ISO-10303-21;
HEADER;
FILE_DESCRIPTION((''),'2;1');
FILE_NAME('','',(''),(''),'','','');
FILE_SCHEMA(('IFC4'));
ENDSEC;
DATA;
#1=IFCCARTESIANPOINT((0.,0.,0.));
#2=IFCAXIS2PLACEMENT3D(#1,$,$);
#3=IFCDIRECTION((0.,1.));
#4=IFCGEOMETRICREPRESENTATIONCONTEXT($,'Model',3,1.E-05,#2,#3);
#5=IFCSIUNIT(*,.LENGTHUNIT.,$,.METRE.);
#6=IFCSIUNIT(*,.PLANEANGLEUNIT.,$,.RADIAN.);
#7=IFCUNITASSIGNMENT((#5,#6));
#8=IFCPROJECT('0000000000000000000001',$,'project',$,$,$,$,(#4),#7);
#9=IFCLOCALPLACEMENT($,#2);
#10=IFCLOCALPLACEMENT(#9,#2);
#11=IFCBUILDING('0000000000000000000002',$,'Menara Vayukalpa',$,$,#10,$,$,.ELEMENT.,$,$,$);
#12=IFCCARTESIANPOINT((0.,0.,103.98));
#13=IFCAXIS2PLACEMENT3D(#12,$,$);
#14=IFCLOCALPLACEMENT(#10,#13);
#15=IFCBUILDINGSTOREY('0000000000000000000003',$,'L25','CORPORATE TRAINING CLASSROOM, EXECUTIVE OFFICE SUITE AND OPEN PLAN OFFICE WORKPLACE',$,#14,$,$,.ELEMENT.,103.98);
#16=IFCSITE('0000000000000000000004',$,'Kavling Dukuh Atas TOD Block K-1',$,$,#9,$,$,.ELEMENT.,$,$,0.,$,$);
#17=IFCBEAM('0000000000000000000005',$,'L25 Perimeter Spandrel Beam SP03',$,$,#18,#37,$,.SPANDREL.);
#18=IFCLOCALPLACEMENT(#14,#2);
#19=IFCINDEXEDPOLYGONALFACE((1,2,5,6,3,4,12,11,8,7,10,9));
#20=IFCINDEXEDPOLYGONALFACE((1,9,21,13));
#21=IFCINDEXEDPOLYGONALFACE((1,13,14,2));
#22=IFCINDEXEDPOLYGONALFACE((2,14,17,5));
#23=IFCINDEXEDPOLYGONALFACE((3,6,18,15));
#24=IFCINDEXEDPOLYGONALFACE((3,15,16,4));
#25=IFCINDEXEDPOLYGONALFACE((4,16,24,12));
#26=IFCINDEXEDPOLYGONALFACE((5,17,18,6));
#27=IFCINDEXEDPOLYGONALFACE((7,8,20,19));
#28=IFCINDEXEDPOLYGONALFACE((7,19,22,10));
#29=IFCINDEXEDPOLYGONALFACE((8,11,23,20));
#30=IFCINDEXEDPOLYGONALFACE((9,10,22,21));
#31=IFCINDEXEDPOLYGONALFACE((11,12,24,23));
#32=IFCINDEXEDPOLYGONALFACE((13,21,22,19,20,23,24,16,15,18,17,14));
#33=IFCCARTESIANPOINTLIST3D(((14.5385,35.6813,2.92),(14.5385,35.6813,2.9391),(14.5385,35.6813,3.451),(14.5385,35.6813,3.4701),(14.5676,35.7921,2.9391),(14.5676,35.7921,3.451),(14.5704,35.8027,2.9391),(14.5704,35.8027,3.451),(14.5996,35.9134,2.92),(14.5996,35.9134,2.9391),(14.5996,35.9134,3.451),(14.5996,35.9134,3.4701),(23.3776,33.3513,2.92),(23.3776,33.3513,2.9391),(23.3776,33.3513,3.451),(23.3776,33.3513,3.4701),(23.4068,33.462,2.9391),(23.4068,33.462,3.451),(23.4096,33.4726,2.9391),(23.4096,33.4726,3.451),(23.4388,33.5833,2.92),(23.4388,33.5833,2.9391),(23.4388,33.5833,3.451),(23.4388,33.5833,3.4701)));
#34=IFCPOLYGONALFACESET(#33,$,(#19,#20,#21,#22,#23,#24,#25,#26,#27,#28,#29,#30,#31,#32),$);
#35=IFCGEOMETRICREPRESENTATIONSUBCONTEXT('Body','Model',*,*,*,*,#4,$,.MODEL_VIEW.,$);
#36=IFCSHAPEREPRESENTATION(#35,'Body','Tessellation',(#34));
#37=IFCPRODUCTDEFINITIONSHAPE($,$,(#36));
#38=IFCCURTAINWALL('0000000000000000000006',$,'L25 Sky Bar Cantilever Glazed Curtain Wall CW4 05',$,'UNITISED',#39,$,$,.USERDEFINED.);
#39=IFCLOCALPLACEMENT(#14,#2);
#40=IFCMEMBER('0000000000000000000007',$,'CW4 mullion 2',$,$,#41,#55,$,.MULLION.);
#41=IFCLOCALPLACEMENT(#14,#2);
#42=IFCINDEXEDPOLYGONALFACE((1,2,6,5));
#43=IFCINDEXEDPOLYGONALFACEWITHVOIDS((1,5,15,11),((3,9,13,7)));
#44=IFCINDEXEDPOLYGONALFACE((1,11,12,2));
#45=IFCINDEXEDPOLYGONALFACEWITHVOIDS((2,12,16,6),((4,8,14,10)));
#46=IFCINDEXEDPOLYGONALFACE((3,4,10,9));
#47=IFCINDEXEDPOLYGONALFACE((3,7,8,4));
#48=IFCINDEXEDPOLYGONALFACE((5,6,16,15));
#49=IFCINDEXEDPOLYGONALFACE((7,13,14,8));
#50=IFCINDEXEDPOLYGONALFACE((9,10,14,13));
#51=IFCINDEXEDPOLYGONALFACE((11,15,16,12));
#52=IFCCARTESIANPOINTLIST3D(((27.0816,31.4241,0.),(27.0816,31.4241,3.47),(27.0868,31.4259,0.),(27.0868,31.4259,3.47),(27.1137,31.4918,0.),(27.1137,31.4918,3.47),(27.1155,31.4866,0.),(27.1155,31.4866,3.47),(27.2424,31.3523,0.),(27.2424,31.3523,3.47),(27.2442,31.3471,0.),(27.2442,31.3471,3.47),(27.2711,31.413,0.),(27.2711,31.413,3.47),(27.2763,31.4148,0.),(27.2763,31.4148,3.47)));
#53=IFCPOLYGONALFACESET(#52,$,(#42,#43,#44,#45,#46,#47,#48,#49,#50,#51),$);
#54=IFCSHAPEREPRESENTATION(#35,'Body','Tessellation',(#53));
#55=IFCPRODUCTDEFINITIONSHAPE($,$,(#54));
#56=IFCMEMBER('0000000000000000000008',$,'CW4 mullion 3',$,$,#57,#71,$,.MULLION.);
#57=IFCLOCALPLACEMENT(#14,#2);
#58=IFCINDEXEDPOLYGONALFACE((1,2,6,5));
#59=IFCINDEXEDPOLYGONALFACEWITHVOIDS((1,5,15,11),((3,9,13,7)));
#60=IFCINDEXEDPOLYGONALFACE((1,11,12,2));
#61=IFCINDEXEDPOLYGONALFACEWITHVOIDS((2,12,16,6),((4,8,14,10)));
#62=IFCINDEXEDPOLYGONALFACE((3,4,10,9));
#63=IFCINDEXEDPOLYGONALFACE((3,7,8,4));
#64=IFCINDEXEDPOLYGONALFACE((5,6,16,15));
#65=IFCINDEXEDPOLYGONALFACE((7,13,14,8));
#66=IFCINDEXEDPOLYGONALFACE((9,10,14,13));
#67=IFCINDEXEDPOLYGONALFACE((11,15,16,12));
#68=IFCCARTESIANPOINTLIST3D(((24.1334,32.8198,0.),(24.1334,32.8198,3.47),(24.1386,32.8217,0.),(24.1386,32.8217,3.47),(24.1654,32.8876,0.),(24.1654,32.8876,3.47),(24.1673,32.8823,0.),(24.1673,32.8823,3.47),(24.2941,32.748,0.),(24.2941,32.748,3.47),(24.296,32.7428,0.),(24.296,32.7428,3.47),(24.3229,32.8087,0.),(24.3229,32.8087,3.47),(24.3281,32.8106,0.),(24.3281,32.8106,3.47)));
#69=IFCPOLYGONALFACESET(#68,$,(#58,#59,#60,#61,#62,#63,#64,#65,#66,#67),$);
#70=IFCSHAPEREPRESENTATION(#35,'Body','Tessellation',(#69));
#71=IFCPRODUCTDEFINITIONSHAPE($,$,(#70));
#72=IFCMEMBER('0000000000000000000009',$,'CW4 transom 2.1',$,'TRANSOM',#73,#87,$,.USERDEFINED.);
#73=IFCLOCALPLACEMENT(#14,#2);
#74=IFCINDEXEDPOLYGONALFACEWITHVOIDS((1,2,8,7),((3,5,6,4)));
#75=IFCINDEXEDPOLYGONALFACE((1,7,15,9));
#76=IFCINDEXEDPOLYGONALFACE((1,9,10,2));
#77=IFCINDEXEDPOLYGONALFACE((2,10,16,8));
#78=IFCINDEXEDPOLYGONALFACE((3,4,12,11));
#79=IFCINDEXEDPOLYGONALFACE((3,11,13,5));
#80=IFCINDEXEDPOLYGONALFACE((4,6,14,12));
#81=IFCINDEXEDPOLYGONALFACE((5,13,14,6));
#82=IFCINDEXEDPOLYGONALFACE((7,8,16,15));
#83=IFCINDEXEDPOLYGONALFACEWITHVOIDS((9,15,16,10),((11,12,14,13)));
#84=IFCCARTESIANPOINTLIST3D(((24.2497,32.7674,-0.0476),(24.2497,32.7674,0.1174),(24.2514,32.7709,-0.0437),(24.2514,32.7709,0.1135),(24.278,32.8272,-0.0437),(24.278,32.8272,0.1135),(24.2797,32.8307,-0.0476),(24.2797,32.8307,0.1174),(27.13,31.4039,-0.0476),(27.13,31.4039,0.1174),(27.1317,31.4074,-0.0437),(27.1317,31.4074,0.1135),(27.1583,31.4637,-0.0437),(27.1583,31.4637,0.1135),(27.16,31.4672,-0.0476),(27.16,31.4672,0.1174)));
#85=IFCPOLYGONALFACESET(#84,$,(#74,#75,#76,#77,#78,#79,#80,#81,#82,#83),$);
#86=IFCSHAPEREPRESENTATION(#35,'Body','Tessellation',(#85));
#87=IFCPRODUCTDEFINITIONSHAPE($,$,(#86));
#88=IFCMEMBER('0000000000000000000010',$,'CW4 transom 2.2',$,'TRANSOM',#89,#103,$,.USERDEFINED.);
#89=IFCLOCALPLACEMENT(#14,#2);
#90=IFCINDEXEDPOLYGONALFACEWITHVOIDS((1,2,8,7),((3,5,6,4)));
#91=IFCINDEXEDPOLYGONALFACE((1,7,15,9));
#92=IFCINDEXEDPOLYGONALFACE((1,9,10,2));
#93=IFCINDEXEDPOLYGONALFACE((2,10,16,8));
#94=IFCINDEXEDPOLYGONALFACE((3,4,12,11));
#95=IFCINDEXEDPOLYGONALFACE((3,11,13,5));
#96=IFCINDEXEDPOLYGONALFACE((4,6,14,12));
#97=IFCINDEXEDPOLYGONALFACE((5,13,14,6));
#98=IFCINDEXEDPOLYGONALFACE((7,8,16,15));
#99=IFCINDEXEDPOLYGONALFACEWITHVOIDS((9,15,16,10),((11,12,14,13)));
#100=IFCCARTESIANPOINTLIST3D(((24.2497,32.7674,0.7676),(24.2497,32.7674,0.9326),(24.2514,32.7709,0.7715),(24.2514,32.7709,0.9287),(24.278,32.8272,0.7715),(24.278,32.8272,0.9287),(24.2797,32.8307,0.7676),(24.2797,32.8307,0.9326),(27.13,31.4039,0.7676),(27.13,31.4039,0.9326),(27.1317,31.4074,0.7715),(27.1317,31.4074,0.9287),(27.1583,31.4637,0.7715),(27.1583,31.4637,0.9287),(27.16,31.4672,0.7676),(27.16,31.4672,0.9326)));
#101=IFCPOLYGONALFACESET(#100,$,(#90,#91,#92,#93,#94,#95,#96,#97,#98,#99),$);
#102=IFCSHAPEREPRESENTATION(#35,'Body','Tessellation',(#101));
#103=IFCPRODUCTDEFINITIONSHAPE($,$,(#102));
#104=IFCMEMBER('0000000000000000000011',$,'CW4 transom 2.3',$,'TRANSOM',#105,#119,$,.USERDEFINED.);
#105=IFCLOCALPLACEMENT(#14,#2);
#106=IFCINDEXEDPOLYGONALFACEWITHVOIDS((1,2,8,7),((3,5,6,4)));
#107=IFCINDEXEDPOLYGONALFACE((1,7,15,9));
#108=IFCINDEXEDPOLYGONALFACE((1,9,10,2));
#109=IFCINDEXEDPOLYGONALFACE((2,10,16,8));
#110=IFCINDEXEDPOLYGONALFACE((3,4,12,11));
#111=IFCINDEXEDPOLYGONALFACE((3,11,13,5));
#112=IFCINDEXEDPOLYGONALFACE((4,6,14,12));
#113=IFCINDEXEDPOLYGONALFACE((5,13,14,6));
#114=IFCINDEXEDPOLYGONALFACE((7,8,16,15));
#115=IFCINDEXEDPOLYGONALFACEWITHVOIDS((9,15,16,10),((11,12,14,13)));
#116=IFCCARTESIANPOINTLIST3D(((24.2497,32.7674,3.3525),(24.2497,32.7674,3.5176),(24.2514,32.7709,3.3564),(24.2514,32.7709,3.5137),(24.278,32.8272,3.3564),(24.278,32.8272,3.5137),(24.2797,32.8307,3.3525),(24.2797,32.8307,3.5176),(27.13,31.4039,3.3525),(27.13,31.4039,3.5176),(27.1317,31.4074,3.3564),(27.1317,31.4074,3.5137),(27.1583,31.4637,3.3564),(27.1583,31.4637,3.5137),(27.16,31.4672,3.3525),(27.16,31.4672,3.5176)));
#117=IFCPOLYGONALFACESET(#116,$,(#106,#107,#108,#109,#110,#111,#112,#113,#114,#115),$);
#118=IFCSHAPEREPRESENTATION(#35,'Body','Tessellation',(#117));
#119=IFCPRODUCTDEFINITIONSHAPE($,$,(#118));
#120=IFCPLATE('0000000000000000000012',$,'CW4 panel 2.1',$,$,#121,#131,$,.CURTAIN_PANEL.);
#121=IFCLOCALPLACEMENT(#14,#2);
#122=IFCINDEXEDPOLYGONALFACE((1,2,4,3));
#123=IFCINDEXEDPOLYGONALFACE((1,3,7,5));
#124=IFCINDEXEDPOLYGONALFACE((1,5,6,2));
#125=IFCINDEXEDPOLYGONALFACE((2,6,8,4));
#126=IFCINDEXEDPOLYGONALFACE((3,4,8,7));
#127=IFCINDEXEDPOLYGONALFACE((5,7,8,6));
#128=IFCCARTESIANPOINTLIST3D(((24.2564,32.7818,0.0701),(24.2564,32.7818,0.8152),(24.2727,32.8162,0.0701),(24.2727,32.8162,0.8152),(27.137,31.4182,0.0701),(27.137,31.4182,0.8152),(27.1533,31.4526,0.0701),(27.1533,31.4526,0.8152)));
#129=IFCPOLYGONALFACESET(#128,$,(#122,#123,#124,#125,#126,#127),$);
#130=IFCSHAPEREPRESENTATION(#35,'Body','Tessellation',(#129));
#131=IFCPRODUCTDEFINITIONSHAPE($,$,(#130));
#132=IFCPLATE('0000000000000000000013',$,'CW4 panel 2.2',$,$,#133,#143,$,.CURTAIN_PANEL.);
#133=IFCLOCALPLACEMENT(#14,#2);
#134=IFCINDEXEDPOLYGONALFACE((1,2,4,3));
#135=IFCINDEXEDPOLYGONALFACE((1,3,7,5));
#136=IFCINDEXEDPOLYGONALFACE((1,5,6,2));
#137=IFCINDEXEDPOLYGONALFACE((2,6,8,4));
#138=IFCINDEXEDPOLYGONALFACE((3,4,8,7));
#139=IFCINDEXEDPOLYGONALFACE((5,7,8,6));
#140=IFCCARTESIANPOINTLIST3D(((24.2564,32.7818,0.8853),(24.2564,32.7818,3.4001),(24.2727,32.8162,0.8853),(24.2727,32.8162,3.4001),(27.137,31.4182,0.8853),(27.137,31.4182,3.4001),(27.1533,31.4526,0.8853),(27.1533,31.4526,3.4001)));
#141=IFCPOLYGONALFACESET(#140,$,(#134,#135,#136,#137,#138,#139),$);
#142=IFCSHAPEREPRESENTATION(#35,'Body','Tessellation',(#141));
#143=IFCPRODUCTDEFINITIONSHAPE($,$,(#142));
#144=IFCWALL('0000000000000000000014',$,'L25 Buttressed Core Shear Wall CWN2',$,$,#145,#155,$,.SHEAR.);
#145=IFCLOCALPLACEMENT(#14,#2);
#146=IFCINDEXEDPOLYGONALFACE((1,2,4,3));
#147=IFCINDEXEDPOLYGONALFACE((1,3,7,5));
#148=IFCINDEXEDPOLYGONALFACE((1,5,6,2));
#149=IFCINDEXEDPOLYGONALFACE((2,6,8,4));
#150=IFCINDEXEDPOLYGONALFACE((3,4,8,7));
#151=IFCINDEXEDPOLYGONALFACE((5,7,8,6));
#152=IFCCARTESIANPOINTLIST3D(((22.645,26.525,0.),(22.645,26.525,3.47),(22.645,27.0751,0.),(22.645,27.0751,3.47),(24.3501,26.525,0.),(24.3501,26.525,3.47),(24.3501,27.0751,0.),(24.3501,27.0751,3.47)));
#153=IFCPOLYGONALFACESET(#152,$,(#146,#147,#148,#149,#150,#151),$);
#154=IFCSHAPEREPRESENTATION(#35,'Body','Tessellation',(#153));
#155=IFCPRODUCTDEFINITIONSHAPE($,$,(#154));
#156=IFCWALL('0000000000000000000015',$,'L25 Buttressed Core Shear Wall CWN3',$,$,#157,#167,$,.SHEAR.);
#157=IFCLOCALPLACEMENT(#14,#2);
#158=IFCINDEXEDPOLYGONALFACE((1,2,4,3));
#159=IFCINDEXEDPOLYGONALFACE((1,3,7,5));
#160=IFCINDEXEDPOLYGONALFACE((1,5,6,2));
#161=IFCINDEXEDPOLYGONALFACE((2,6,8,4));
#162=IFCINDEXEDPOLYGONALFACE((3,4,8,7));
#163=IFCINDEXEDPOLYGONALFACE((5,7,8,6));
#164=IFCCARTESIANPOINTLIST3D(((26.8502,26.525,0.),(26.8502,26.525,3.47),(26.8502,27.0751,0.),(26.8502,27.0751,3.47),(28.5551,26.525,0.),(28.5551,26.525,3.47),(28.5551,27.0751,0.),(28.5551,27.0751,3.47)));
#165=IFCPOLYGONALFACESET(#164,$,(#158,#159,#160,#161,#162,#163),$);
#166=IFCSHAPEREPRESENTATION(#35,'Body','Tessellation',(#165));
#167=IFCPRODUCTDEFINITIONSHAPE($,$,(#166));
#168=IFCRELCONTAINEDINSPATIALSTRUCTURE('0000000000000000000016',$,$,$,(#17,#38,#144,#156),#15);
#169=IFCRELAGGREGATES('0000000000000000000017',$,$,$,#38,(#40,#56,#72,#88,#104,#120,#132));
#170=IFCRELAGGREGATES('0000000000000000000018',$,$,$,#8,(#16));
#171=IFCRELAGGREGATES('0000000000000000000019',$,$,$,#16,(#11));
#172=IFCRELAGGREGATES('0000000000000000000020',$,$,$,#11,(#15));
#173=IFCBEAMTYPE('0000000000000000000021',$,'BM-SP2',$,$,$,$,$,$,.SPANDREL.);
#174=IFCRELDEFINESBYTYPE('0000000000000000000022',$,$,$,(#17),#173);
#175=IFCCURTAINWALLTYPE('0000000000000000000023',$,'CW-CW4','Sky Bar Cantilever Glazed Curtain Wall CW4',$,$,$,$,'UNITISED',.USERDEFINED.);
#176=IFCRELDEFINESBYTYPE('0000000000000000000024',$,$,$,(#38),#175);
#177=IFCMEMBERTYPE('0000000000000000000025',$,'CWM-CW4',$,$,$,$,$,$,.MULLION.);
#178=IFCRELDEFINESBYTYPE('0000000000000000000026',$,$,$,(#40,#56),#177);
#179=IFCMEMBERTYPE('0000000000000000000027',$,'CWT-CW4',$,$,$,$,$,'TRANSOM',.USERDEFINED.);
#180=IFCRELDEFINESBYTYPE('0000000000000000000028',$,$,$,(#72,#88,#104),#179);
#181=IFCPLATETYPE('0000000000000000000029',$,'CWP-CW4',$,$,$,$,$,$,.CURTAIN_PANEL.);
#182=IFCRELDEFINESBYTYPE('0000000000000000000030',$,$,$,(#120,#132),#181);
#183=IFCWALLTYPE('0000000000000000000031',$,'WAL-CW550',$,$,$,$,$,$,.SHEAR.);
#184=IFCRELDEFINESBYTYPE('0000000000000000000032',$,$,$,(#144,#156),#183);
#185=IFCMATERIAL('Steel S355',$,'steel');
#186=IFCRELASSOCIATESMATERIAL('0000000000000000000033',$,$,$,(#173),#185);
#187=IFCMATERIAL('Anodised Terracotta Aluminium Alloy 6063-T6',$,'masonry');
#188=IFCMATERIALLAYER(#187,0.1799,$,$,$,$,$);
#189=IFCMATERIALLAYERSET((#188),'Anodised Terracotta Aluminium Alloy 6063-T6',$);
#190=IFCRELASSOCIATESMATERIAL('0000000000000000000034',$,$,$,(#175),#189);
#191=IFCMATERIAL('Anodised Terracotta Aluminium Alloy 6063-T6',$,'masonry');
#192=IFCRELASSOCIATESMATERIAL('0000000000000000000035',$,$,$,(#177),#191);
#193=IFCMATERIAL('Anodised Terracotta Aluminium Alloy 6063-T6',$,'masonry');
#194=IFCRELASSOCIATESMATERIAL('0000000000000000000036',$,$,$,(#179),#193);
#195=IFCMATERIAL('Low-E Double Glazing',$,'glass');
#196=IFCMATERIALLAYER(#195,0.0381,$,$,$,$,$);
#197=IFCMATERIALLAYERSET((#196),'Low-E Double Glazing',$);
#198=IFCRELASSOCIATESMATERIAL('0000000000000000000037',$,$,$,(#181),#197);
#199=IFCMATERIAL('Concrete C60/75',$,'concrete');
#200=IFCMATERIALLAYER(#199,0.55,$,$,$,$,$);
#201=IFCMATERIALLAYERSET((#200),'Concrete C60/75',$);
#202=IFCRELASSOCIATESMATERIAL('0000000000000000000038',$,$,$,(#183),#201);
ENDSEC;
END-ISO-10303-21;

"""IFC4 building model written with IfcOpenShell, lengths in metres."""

from ifc_helpers import new_model, si_unit, direction, frame, frame_2d, origin, origin_2d, place, context, subcontext, project, spatial, rectangle, hollow_rectangle, i_section, extrude, material, layer, layer_set, material_profile, profile_set, type_object, element, aggregate, save


model = new_model("IFC4")

# Units and contexts
model_context = context("Model", 3, precision=1e-05, world=origin(), true_north=direction((0.0, 1.0)))
body_context = subcontext(model_context, "Body", "Model", "MODEL_VIEW")
ifc_project = project(units=[si_unit("LENGTHUNIT", "METRE"), si_unit("PLANEANGLEUNIT", "RADIAN")], contexts=[model_context])

# Site, building, storey
site_placement = place(None, origin())
site = spatial("IfcSite", under=ifc_project, at=site_placement, Name="Kavling Dukuh Atas TOD Block K-1", CompositionType="ELEMENT", RefElevation=0.0)
building_placement = place(site_placement, origin())
building = spatial("IfcBuilding", under=site, at=building_placement, Name="Menara Vayukalpa", CompositionType="ELEMENT")
storey_placement = place(building_placement, frame((0.0, 0.0, 103.98)))
storey = spatial("IfcBuildingStorey", under=building, at=storey_placement, Name="L25", Description="CORPORATE TRAINING CLASSROOM, EXECUTIVE OFFICE SUITE AND OPEN PLAN OFFICE WORKPLACE", CompositionType="ELEMENT", Elevation=103.98)

# Beam
ifc_material_1 = material(Name="Steel S355", Category="steel")
ifc_material_profile_1 = material_profile(ifc_material_1, i_section(OverallWidth=0.24, OverallDepth=0.55, WebThickness=0.011, FlangeThickness=0.019, at=origin_2d()), Name="WF 550x240x11x19")
ifc_profile_set_1 = profile_set([ifc_material_profile_1], Name="Steel S355")
beam_type_1 = type_object("IfcBeamType", Name="BM-SP2", PredefinedType="SPANDREL", material=ifc_profile_set_1)
beam_1_placement = place(storey_placement, frame((23.4082, 33.4673, 3.1951), z_axis=(-0.966967, 0.254902, 0.0), x_axis=(-0.254902, -0.966967, 0.0)))
element("IfcBeam", 1, at=beam_1_placement, inside=storey, type_object=beam_type_1, Name="L25 Perimeter Spandrel Beam SP03", PredefinedType="SPANDREL", context=body_context, shape_type="SweptSolid", body=[
    extrude(i_section(OverallWidth=0.24, OverallDepth=0.55, WebThickness=0.011, FlangeThickness=0.019, at=origin_2d()), origin(), (0.0, 0.0, 1.0), 9.1411),
])

# Curtain wall, members, plates
ifc_material_2 = material(Name="Anodised Terracotta Aluminium Alloy 6063-T6", Category="masonry")
ifc_layer_1 = layer(ifc_material_2, 0.1799)
ifc_layer_set_1 = layer_set([ifc_layer_1], Name="Anodised Terracotta Aluminium Alloy 6063-T6")
curtain_wall_type = type_object("IfcCurtainWallType", Name="CW-CW4", Description="Sky Bar Cantilever Glazed Curtain Wall CW4", ElementType="UNITISED", PredefinedType="USERDEFINED", material=ifc_layer_set_1)
curtain_wall_placement = place(storey_placement, origin())
curtain_wall = element("IfcCurtainWall", 2, at=curtain_wall_placement, inside=storey, type_object=curtain_wall_type, Name="L25 Sky Bar Cantilever Glazed Curtain Wall CW4 05", ObjectType="UNITISED", PredefinedType="USERDEFINED")
ifc_material_3 = material(Name="Anodised Terracotta Aluminium Alloy 6063-T6", Category="masonry")
ifc_material_profile_2 = material_profile(ifc_material_3, hollow_rectangle(XDim=0.075, YDim=0.1799, WallThickness=0.0039, at=origin_2d()), Name="ALU 75x180x4")
ifc_profile_set_2 = profile_set([ifc_material_profile_2], Name="Anodised Terracotta Aluminium Alloy 6063-T6")
member_type_1 = type_object("IfcMemberType", Name="CWM-CW4", PredefinedType="MULLION", material=ifc_profile_set_2)
member_1_placement = place(storey_placement, frame((27.179, 31.4194, 0.0), z_axis=(0.0, 0.0, 1.0), x_axis=(-0.427871, -0.90384, 0.0)))
member_1 = element("IfcMember", 3, at=member_1_placement, type_object=member_type_1, Name="CW4 mullion 2", PredefinedType="MULLION", context=body_context, shape_type="SweptSolid", body=[
    extrude(hollow_rectangle(XDim=0.075, YDim=0.1799, WallThickness=0.0039, at=origin_2d()), origin(), (0.0, 0.0, 1.0), 3.47),
])
member_2_placement = place(storey_placement, frame((24.2307, 32.8152, 0.0), z_axis=(0.0, 0.0, 1.0), x_axis=(-0.427871, -0.90384, 0.0)))
member_2 = element("IfcMember", 4, at=member_2_placement, type_object=member_type_1, Name="CW4 mullion 3", PredefinedType="MULLION", context=body_context, shape_type="SweptSolid", body=[
    extrude(hollow_rectangle(XDim=0.075, YDim=0.1799, WallThickness=0.0039, at=origin_2d()), origin(), (0.0, 0.0, 1.0), 3.47),
])
ifc_material_4 = material(Name="Anodised Terracotta Aluminium Alloy 6063-T6", Category="masonry")
ifc_material_profile_3 = material_profile(ifc_material_4, hollow_rectangle(XDim=0.0701, YDim=0.165, WallThickness=0.0039, at=origin_2d()), Name="ALU 70x165x4")
ifc_profile_set_3 = profile_set([ifc_material_profile_3], Name="Anodised Terracotta Aluminium Alloy 6063-T6")
member_type_2 = type_object("IfcMemberType", Name="CWT-CW4", ElementType="TRANSOM", PredefinedType="USERDEFINED", material=ifc_profile_set_3)
member_3_placement = place(storey_placement, frame((27.145, 31.4355, 0.0349), z_axis=(-0.903842, 0.427866, 0.0), x_axis=(-0.427866, -0.903842, 0.0)))
member_3 = element("IfcMember", 5, at=member_3_placement, type_object=member_type_2, Name="CW4 transom 2.1", ObjectType="TRANSOM", PredefinedType="USERDEFINED", context=body_context, shape_type="SweptSolid", body=[
    extrude(hollow_rectangle(XDim=0.0701, YDim=0.165, WallThickness=0.0039, at=origin_2d()), origin(), (0.0, 0.0, 1.0), 3.1868),
])
member_4_placement = place(storey_placement, frame((27.145, 31.4355, 0.8501), z_axis=(-0.903842, 0.427866, 0.0), x_axis=(-0.427866, -0.903842, 0.0)))
member_4 = element("IfcMember", 6, at=member_4_placement, type_object=member_type_2, Name="CW4 transom 2.2", ObjectType="TRANSOM", PredefinedType="USERDEFINED", context=body_context, shape_type="SweptSolid", body=[
    extrude(hollow_rectangle(XDim=0.0701, YDim=0.165, WallThickness=0.0039, at=origin_2d()), origin(), (0.0, 0.0, 1.0), 3.1868),
])
member_5_placement = place(storey_placement, frame((27.145, 31.4355, 3.4351), z_axis=(-0.903842, 0.427866, 0.0), x_axis=(-0.427866, -0.903842, 0.0)))
member_5 = element("IfcMember", 7, at=member_5_placement, type_object=member_type_2, Name="CW4 transom 2.3", ObjectType="TRANSOM", PredefinedType="USERDEFINED", context=body_context, shape_type="SweptSolid", body=[
    extrude(hollow_rectangle(XDim=0.0701, YDim=0.165, WallThickness=0.0039, at=origin_2d()), origin(), (0.0, 0.0, 1.0), 3.1868),
])
ifc_material_5 = material(Name="Low-E Double Glazing", Category="glass")
ifc_layer_2 = layer(ifc_material_5, 0.0381)
ifc_layer_set_2 = layer_set([ifc_layer_2], Name="Low-E Double Glazing")
plate_type = type_object("IfcPlateType", Name="CWP-CW4", PredefinedType="CURTAIN_PANEL", material=ifc_layer_set_2)
plate_1_placement = place(storey_placement, frame((25.7048, 32.1172, 0.0701), z_axis=(0.0, 0.0, 1.0), x_axis=(-0.90384, 0.427871, 0.0)))
plate_1 = element("IfcPlate", 8, at=plate_1_placement, type_object=plate_type, Name="CW4 panel 2.1", PredefinedType="CURTAIN_PANEL", context=body_context, shape_type="SweptSolid", body=[
    extrude(rectangle(XDim=3.187, YDim=0.0381, at=origin_2d()), origin(), (0.0, 0.0, 1.0), 0.7451),
])
plate_2_placement = place(storey_placement, frame((25.7048, 32.1172, 0.8853), z_axis=(0.0, 0.0, 1.0), x_axis=(-0.90384, 0.427871, 0.0)))
plate_2 = element("IfcPlate", 9, at=plate_2_placement, type_object=plate_type, Name="CW4 panel 2.2", PredefinedType="CURTAIN_PANEL", context=body_context, shape_type="SweptSolid", body=[
    extrude(rectangle(XDim=3.187, YDim=0.0381, at=origin_2d()), origin(), (0.0, 0.0, 1.0), 2.5149),
])
aggregate(curtain_wall, [member_1, member_2, member_3, member_4, member_5, plate_1, plate_2])

# Walls
ifc_material_6 = material(Name="Concrete C60/75", Category="concrete")
ifc_layer_3 = layer(ifc_material_6, 0.55)
ifc_layer_set_3 = layer_set([ifc_layer_3], Name="Concrete C60/75")
wall_type = type_object("IfcWallType", Name="WAL-CW550", PredefinedType="SHEAR", material=ifc_layer_set_3)
wall_1_placement = place(storey_placement, frame((22.645, 26.8, 0.0), z_axis=(0.0, 0.0, 1.0), x_axis=(1.0, 0.0, 0.0)))
element("IfcWall", 10, at=wall_1_placement, inside=storey, type_object=wall_type, Name="L25 Buttressed Core Shear Wall CWN2", PredefinedType="SHEAR", context=body_context, shape_type="SweptSolid", body=[
    extrude(rectangle(XDim=1.7051, YDim=0.55, at=frame_2d((0.8525, 0.0))), origin(), (0.0, 0.0, 1.0), 3.47),
])
wall_2_placement = place(storey_placement, frame((26.8501, 26.8, 0.0), z_axis=(0.0, 0.0, 1.0), x_axis=(1.0, 0.0, 0.0)))
element("IfcWall", 11, at=wall_2_placement, inside=storey, type_object=wall_type, Name="L25 Buttressed Core Shear Wall CWN3", PredefinedType="SHEAR", context=body_context, shape_type="SweptSolid", body=[
    extrude(rectangle(XDim=1.7048, YDim=0.55, at=frame_2d((0.8525, 0.0))), origin(), (0.0, 0.0, 1.0), 3.47),
])

save(model, "model.ifc")
